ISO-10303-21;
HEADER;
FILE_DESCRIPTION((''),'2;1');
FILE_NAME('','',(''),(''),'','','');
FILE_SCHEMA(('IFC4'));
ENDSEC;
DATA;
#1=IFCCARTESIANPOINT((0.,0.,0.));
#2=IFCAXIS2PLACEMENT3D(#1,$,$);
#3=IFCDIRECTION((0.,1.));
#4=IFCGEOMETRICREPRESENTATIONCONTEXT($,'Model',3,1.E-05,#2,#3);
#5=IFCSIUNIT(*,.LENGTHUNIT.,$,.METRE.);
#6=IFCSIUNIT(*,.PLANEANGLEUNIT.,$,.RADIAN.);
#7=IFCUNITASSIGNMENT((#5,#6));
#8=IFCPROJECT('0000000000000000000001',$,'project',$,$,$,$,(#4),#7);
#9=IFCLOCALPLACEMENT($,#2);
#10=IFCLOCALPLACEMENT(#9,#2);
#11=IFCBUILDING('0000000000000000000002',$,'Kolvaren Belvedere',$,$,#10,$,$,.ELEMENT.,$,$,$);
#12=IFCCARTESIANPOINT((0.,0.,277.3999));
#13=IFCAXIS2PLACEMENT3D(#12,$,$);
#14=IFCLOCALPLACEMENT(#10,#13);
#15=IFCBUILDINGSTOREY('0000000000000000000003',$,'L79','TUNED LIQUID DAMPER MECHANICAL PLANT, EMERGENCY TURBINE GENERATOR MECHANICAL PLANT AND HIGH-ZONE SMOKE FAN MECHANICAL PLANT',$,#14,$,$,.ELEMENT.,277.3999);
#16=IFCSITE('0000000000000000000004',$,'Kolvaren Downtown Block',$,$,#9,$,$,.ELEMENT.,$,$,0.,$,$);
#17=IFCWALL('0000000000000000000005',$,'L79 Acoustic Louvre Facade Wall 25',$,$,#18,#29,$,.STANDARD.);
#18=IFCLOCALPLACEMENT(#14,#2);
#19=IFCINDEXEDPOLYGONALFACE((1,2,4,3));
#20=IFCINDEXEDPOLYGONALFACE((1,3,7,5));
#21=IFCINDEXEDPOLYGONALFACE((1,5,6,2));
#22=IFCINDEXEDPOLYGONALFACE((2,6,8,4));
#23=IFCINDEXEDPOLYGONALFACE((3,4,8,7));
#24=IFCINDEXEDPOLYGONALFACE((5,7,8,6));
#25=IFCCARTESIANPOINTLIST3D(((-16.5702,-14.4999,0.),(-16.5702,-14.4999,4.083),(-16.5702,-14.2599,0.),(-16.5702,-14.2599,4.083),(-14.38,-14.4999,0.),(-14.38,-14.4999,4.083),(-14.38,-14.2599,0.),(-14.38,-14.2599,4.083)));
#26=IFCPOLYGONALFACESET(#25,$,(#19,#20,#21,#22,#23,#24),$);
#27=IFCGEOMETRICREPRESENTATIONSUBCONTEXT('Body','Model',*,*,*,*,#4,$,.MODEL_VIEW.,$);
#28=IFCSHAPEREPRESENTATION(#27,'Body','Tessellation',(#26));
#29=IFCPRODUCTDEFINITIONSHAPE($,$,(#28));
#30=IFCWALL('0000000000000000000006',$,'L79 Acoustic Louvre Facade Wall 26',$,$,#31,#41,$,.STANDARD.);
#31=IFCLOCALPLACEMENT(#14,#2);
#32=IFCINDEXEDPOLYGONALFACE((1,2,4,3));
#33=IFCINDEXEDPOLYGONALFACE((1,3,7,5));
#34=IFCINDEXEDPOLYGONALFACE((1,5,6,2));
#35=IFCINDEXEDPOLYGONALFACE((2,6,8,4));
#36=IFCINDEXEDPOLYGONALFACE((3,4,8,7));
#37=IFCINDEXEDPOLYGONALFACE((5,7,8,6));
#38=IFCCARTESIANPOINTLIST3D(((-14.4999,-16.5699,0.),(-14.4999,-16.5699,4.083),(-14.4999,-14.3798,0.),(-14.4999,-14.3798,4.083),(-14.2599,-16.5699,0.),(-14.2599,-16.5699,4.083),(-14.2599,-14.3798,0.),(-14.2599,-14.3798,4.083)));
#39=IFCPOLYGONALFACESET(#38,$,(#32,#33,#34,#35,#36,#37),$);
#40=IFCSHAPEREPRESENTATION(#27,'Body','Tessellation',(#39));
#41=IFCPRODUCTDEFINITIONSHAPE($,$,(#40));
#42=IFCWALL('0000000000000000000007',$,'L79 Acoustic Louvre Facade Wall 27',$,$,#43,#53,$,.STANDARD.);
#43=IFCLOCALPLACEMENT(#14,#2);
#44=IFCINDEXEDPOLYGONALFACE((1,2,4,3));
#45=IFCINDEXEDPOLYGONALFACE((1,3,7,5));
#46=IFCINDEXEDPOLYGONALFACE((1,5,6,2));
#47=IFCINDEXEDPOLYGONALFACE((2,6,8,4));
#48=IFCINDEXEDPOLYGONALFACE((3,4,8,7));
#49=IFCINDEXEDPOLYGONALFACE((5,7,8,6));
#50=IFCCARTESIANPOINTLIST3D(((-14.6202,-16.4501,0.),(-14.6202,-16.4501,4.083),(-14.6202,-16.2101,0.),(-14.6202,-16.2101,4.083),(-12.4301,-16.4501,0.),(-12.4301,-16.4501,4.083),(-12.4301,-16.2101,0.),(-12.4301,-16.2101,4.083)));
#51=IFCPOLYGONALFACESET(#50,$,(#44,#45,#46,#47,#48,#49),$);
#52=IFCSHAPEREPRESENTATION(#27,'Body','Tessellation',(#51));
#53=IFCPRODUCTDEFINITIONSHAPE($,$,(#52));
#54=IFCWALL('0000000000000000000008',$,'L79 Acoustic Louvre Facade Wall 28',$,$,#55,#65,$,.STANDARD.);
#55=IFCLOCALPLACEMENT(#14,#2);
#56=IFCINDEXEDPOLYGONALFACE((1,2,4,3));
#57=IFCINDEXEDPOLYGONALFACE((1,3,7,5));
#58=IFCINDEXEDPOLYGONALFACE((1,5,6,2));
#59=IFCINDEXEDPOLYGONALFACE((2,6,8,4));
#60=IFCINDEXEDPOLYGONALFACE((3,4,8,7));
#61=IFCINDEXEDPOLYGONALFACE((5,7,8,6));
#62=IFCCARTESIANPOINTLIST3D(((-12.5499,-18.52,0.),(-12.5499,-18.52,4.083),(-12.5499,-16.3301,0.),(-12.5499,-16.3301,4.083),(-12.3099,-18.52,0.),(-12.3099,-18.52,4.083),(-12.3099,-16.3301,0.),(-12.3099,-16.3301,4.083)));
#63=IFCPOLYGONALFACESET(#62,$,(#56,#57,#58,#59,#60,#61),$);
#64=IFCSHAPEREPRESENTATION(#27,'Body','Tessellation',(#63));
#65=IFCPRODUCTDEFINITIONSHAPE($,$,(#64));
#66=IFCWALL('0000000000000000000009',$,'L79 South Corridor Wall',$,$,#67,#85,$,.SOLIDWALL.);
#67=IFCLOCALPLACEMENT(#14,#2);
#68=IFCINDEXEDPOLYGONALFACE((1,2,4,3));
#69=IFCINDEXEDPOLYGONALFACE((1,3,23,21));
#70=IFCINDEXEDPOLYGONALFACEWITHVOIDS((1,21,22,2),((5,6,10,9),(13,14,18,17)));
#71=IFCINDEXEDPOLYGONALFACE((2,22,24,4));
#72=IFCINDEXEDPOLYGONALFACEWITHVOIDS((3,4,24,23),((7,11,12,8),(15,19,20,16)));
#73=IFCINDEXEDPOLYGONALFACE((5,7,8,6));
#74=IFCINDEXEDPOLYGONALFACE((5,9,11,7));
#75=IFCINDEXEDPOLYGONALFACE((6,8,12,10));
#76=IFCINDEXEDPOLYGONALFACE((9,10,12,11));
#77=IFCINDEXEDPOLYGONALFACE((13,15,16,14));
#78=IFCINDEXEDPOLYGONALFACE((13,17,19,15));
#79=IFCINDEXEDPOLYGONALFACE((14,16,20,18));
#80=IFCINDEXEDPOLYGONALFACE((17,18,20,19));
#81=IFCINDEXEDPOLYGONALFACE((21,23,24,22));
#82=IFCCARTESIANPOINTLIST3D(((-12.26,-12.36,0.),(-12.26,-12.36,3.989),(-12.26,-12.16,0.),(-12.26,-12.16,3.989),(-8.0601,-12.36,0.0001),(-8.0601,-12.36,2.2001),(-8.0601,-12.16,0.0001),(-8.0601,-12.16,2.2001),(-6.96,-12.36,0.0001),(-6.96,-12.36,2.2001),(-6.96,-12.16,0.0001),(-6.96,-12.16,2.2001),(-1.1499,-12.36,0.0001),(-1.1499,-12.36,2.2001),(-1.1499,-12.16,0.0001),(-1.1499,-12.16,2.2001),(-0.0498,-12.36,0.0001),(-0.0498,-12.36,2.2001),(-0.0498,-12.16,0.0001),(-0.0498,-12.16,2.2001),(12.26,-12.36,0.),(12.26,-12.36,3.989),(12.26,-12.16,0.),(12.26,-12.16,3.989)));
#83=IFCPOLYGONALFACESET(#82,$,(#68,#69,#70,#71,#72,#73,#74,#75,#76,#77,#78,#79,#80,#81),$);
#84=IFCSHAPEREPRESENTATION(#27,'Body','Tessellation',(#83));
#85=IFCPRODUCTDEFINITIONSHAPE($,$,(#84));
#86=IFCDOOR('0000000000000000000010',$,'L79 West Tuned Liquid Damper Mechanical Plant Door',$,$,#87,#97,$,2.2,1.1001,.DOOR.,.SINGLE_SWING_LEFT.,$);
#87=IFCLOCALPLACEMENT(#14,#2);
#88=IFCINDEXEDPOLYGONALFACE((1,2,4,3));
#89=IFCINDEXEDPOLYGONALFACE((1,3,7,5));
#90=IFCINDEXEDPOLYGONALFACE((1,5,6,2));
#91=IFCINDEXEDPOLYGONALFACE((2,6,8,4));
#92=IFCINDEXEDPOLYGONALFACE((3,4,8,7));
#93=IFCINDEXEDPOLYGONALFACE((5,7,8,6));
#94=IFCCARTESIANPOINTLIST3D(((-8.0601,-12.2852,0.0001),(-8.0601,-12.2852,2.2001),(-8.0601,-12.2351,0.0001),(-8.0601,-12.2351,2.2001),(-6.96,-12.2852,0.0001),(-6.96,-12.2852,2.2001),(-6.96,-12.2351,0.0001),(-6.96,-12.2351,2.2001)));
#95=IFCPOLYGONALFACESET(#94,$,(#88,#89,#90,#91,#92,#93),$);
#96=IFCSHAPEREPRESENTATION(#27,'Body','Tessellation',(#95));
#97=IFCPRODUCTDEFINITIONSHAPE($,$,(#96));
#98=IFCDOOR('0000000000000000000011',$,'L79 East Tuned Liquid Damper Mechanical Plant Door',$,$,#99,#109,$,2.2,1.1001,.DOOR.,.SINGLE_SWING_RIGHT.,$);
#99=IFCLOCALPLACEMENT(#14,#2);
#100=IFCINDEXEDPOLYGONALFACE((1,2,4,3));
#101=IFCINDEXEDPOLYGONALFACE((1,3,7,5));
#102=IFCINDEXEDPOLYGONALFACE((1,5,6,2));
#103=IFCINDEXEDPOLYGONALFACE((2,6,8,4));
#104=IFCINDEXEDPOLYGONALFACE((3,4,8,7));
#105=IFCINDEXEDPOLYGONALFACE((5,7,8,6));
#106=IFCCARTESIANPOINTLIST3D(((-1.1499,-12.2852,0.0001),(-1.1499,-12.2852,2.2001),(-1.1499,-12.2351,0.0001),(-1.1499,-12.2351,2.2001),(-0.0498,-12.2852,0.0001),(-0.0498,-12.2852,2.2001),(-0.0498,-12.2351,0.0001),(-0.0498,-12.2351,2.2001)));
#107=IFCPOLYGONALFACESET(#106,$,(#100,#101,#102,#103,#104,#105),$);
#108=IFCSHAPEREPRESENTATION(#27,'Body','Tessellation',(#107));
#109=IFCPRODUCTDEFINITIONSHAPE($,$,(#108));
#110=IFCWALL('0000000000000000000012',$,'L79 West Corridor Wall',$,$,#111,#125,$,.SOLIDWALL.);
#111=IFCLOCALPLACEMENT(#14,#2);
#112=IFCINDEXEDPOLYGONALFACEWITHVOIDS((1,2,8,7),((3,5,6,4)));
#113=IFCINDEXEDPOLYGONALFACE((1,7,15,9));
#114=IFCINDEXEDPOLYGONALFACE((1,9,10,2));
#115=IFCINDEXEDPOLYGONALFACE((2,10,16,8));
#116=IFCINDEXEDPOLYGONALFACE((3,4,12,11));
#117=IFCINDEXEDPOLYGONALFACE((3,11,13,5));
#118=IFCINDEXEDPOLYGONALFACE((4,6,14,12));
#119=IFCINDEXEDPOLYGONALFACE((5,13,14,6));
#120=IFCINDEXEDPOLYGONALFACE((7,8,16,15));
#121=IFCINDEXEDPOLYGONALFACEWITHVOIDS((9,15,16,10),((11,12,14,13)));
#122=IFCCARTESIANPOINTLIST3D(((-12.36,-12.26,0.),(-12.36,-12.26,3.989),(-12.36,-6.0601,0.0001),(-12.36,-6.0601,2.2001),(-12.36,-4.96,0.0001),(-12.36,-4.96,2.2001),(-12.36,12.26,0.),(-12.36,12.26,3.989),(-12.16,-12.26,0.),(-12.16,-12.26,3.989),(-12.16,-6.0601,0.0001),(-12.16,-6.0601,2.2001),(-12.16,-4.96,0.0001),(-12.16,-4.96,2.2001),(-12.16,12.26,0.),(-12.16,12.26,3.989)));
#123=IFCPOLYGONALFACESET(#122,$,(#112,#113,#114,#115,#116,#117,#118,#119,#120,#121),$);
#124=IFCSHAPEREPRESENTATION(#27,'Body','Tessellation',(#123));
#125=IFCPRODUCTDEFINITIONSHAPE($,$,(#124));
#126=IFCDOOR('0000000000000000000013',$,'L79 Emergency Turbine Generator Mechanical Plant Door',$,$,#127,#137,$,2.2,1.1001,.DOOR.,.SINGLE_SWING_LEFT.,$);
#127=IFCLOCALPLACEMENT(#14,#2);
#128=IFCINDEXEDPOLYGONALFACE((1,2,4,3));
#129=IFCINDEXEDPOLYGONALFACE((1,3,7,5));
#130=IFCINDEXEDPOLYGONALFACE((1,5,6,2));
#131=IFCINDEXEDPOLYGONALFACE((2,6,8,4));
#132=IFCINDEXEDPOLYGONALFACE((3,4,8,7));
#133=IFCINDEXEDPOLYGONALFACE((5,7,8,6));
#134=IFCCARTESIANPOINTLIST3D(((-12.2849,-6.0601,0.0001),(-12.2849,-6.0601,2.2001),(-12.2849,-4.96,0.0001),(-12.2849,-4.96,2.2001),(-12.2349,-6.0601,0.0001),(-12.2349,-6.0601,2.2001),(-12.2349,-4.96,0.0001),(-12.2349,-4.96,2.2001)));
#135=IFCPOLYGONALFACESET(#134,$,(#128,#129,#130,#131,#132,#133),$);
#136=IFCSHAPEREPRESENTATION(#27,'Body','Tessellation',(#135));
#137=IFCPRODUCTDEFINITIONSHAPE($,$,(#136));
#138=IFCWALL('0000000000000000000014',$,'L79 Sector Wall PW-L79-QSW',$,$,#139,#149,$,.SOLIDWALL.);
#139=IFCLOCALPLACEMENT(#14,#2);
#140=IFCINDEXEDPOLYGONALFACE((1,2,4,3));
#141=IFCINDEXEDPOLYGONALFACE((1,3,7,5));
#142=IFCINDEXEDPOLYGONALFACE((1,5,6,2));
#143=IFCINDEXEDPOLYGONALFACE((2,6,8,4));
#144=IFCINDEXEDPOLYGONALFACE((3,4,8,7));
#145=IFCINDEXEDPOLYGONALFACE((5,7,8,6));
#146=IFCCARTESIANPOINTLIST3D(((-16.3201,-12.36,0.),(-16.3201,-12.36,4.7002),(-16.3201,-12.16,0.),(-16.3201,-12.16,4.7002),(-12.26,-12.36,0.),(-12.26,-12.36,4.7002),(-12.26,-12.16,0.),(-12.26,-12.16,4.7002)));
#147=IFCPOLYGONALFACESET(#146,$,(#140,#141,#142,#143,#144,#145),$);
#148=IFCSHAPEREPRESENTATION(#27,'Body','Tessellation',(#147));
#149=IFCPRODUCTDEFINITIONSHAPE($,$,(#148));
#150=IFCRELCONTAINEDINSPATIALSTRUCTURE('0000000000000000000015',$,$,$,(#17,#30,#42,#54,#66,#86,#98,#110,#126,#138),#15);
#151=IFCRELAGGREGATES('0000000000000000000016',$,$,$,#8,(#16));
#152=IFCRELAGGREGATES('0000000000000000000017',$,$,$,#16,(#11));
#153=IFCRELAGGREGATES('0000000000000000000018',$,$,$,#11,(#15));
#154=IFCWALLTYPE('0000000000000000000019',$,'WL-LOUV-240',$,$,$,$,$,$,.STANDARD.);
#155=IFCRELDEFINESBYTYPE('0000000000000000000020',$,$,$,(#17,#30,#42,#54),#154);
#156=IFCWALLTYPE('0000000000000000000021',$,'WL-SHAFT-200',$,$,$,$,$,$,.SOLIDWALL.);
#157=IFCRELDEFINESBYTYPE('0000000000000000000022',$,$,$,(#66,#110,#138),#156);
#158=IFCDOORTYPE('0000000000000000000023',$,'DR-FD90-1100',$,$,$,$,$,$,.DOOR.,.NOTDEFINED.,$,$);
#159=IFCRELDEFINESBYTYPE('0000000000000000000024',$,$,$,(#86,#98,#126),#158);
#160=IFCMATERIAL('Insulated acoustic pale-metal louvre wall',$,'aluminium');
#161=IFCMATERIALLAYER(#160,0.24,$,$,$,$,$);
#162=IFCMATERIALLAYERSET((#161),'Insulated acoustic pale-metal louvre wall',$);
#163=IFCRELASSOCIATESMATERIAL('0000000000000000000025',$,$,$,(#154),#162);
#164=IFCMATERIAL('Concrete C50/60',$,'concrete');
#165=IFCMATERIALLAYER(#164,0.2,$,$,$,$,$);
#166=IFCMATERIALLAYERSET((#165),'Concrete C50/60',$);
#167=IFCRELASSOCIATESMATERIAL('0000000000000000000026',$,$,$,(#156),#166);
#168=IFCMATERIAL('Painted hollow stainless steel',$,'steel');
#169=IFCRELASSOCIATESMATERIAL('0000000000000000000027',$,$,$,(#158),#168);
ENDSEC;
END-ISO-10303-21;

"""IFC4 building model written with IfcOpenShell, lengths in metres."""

from ifc_helpers import new_model, si_unit, direction, frame, frame_2d, origin, place, context, subcontext, project, spatial, rectangle, extrude, material, layer, layer_set, type_object, element, fill, save


model = new_model("IFC4")

# Units and contexts
model_context = context("Model", 3, precision=1e-05, world=origin(), true_north=direction((0.0, 1.0)))
body_context = subcontext(model_context, "Body", "Model", "MODEL_VIEW")
ifc_project = project(units=[si_unit("LENGTHUNIT", "METRE"), si_unit("PLANEANGLEUNIT", "RADIAN")], contexts=[model_context])

# Site, building, storey
site_placement = place(None, origin())
site = spatial("IfcSite", under=ifc_project, at=site_placement, Name="Kolvaren Downtown Block", CompositionType="ELEMENT", RefElevation=0.0)
building_placement = place(site_placement, origin())
building = spatial("IfcBuilding", under=site, at=building_placement, Name="Kolvaren Belvedere", CompositionType="ELEMENT")
storey_placement = place(building_placement, frame((0.0, 0.0, 277.3999)))
storey = spatial("IfcBuildingStorey", under=building, at=storey_placement, Name="L79", Description="TUNED LIQUID DAMPER MECHANICAL PLANT, EMERGENCY TURBINE GENERATOR MECHANICAL PLANT AND HIGH-ZONE SMOKE FAN MECHANICAL PLANT", CompositionType="ELEMENT", Elevation=277.3999)

# Walls
ifc_material_1 = material(Name="Insulated acoustic pale-metal louvre wall", Category="aluminium")
ifc_layer_1 = layer(ifc_material_1, 0.24)
ifc_layer_set_1 = layer_set([ifc_layer_1], Name="Insulated acoustic pale-metal louvre wall")
wall_type_1 = type_object("IfcWallType", Name="WL-LOUV-240", PredefinedType="STANDARD", material=ifc_layer_set_1)
for number, where, z_axis, x_axis, name in (
    (1, (-14.3799, -14.3799, 0.0), (0.0, 0.0, 1.0), (-1.0, 0.0, 0.0), "L79 Acoustic Louvre Facade Wall 25"),
    (2, (-14.3799, -16.5701, 0.0), (0.0, 0.0, 1.0), (0.0, 1.0, 0.0), "L79 Acoustic Louvre Facade Wall 26"),
    (3, (-12.4299, -16.3301, 0.0), (0.0, 0.0, 1.0), (-1.0, 0.0, 0.0), "L79 Acoustic Louvre Facade Wall 27"),
):
    element("IfcWall", number, at=place(storey_placement, frame(where, z_axis=z_axis, x_axis=x_axis)), inside=storey, type_object=wall_type_1, Name=name, PredefinedType="STANDARD", context=body_context, shape_type="SweptSolid", body=[
        extrude(rectangle(XDim=2.1902, YDim=0.24, at=frame_2d((1.0952, 0.0))), origin(), (0.0, 0.0, 1.0), 4.083),
    ])
wall_1_placement = place(storey_placement, frame((-12.4299, -18.52, 0.0), z_axis=(0.0, 0.0, 1.0), x_axis=(0.0, 1.0, 0.0)))
element("IfcWall", 4, at=wall_1_placement, inside=storey, type_object=wall_type_1, Name="L79 Acoustic Louvre Facade Wall 28", PredefinedType="STANDARD", context=body_context, shape_type="SweptSolid", body=[
    extrude(rectangle(XDim=2.1899, YDim=0.24, at=frame_2d((1.095, 0.0))), origin(), (0.0, 0.0, 1.0), 4.083),
])

# Wall, openings, doors
ifc_material_2 = material(Name="Concrete C50/60", Category="concrete")
ifc_layer_2 = layer(ifc_material_2, 0.2)
ifc_layer_set_2 = layer_set([ifc_layer_2], Name="Concrete C50/60")
wall_type_2 = type_object("IfcWallType", Name="WL-SHAFT-200", PredefinedType="SOLIDWALL", material=ifc_layer_set_2)
wall_2_placement = place(storey_placement, frame((-12.26, -12.26, 0.0), z_axis=(0.0, 0.0, 1.0), x_axis=(1.0, 0.0, 0.0)))
wall_2 = element("IfcWall", 5, at=wall_2_placement, inside=storey, type_object=wall_type_2, Name="L79 South Corridor Wall", PredefinedType="SOLIDWALL", context=body_context, shape_type="SweptSolid", body=[
    extrude(rectangle(XDim=24.52, YDim=0.2, at=frame_2d((12.26, 0.0))), origin(), (0.0, 0.0, 1.0), 3.989),
])
opening_1_placement = place(wall_2_placement, frame((4.2, 0.0, 0.0)))
opening_1 = element("IfcOpeningElement", 6, at=opening_1_placement, cuts=wall_2, PredefinedType="OPENING", context=body_context, shape_type="SweptSolid", body=[
    extrude(rectangle(XDim=1.1001, YDim=2.2, at=frame_2d((0.55, 1.1001))), frame((0.0, 0.1099, 0.0), z_axis=(0.0, -1.0, 0.0), x_axis=(1.0, 0.0, 0.0)), (0.0, 0.0, 1.0), 0.22),
])
opening_2_placement = place(wall_2_placement, frame((11.1101, 0.0, 0.0)))
opening_2 = element("IfcOpeningElement", 7, at=opening_2_placement, cuts=wall_2, PredefinedType="OPENING", context=body_context, shape_type="SweptSolid", body=[
    extrude(rectangle(XDim=1.1001, YDim=2.2, at=frame_2d((0.55, 1.1001))), frame((0.0, 0.1099, 0.0), z_axis=(0.0, -1.0, 0.0), x_axis=(1.0, 0.0, 0.0)), (0.0, 0.0, 1.0), 0.22),
])
ifc_material_3 = material(Name="Painted hollow stainless steel", Category="steel")
door_type = type_object("IfcDoorType", Name="DR-FD90-1100", OperationType="NOTDEFINED", PredefinedType="DOOR", material=ifc_material_3)
door_1_placement = place(opening_1_placement, origin())
door_1 = element("IfcDoor", 8, at=door_1_placement, inside=storey, type_object=door_type, Name="L79 West Tuned Liquid Damper Mechanical Plant Door", OperationType="SINGLE_SWING_LEFT", OverallHeight=2.2, OverallWidth=1.1001, PredefinedType="DOOR", context=body_context, shape_type="SweptSolid", body=[
    extrude(rectangle(XDim=1.1001, YDim=2.2, at=frame_2d((0.55, 1.1001))), frame((0.0, 0.0249, 0.0), z_axis=(0.0, -1.0, 0.0), x_axis=(1.0, 0.0, 0.0)), (0.0, 0.0, 1.0), 0.05),
])
fill(opening_1, door_1)
door_2_placement = place(opening_2_placement, origin())
door_2 = element("IfcDoor", 9, at=door_2_placement, inside=storey, type_object=door_type, Name="L79 East Tuned Liquid Damper Mechanical Plant Door", OperationType="SINGLE_SWING_RIGHT", OverallHeight=2.2, OverallWidth=1.1001, PredefinedType="DOOR", context=body_context, shape_type="SweptSolid", body=[
    extrude(rectangle(XDim=1.1001, YDim=2.2, at=frame_2d((0.55, 1.1001))), frame((0.0, 0.0249, 0.0), z_axis=(0.0, -1.0, 0.0), x_axis=(1.0, 0.0, 0.0)), (0.0, 0.0, 1.0), 0.05),
])
fill(opening_2, door_2)

# Wall, opening, door
wall_3_placement = place(storey_placement, frame((-12.26, -12.26, 0.0), z_axis=(0.0, 0.0, 1.0), x_axis=(0.0, 1.0, 0.0)))
wall_3 = element("IfcWall", 10, at=wall_3_placement, inside=storey, type_object=wall_type_2, Name="L79 West Corridor Wall", PredefinedType="SOLIDWALL", context=body_context, shape_type="SweptSolid", body=[
    extrude(rectangle(XDim=24.52, YDim=0.2, at=frame_2d((12.26, 0.0))), origin(), (0.0, 0.0, 1.0), 3.989),
])
opening_3_placement = place(wall_3_placement, frame((6.2, 0.0, 0.0)))
opening_3 = element("IfcOpeningElement", 11, at=opening_3_placement, cuts=wall_3, PredefinedType="OPENING", context=body_context, shape_type="SweptSolid", body=[
    extrude(rectangle(XDim=1.1001, YDim=2.2, at=frame_2d((0.55, 1.1001))), frame((0.0, 0.1099, 0.0), z_axis=(0.0, -1.0, 0.0), x_axis=(1.0, 0.0, 0.0)), (0.0, 0.0, 1.0), 0.22),
])
door_3_placement = place(opening_3_placement, origin())
door_3 = element("IfcDoor", 12, at=door_3_placement, inside=storey, type_object=door_type, Name="L79 Emergency Turbine Generator Mechanical Plant Door", OperationType="SINGLE_SWING_LEFT", OverallHeight=2.2, OverallWidth=1.1001, PredefinedType="DOOR", context=body_context, shape_type="SweptSolid", body=[
    extrude(rectangle(XDim=1.1001, YDim=2.2, at=frame_2d((0.55, 1.1001))), frame((0.0, 0.0249, 0.0), z_axis=(0.0, -1.0, 0.0), x_axis=(1.0, 0.0, 0.0)), (0.0, 0.0, 1.0), 0.05),
])
fill(opening_3, door_3)

# Wall
wall_4_placement = place(storey_placement, frame((-16.3201, -12.26, 0.0), z_axis=(0.0, 0.0, 1.0), x_axis=(1.0, 0.0, 0.0)))
element("IfcWall", 13, at=wall_4_placement, inside=storey, type_object=wall_type_2, Name="L79 Sector Wall PW-L79-QSW", PredefinedType="SOLIDWALL", context=body_context, shape_type="SweptSolid", body=[
    extrude(rectangle(XDim=4.0601, YDim=0.2, at=frame_2d((2.03, 0.0))), origin(), (0.0, 0.0, 1.0), 4.7002),
])

save(model, "model.ifc")
